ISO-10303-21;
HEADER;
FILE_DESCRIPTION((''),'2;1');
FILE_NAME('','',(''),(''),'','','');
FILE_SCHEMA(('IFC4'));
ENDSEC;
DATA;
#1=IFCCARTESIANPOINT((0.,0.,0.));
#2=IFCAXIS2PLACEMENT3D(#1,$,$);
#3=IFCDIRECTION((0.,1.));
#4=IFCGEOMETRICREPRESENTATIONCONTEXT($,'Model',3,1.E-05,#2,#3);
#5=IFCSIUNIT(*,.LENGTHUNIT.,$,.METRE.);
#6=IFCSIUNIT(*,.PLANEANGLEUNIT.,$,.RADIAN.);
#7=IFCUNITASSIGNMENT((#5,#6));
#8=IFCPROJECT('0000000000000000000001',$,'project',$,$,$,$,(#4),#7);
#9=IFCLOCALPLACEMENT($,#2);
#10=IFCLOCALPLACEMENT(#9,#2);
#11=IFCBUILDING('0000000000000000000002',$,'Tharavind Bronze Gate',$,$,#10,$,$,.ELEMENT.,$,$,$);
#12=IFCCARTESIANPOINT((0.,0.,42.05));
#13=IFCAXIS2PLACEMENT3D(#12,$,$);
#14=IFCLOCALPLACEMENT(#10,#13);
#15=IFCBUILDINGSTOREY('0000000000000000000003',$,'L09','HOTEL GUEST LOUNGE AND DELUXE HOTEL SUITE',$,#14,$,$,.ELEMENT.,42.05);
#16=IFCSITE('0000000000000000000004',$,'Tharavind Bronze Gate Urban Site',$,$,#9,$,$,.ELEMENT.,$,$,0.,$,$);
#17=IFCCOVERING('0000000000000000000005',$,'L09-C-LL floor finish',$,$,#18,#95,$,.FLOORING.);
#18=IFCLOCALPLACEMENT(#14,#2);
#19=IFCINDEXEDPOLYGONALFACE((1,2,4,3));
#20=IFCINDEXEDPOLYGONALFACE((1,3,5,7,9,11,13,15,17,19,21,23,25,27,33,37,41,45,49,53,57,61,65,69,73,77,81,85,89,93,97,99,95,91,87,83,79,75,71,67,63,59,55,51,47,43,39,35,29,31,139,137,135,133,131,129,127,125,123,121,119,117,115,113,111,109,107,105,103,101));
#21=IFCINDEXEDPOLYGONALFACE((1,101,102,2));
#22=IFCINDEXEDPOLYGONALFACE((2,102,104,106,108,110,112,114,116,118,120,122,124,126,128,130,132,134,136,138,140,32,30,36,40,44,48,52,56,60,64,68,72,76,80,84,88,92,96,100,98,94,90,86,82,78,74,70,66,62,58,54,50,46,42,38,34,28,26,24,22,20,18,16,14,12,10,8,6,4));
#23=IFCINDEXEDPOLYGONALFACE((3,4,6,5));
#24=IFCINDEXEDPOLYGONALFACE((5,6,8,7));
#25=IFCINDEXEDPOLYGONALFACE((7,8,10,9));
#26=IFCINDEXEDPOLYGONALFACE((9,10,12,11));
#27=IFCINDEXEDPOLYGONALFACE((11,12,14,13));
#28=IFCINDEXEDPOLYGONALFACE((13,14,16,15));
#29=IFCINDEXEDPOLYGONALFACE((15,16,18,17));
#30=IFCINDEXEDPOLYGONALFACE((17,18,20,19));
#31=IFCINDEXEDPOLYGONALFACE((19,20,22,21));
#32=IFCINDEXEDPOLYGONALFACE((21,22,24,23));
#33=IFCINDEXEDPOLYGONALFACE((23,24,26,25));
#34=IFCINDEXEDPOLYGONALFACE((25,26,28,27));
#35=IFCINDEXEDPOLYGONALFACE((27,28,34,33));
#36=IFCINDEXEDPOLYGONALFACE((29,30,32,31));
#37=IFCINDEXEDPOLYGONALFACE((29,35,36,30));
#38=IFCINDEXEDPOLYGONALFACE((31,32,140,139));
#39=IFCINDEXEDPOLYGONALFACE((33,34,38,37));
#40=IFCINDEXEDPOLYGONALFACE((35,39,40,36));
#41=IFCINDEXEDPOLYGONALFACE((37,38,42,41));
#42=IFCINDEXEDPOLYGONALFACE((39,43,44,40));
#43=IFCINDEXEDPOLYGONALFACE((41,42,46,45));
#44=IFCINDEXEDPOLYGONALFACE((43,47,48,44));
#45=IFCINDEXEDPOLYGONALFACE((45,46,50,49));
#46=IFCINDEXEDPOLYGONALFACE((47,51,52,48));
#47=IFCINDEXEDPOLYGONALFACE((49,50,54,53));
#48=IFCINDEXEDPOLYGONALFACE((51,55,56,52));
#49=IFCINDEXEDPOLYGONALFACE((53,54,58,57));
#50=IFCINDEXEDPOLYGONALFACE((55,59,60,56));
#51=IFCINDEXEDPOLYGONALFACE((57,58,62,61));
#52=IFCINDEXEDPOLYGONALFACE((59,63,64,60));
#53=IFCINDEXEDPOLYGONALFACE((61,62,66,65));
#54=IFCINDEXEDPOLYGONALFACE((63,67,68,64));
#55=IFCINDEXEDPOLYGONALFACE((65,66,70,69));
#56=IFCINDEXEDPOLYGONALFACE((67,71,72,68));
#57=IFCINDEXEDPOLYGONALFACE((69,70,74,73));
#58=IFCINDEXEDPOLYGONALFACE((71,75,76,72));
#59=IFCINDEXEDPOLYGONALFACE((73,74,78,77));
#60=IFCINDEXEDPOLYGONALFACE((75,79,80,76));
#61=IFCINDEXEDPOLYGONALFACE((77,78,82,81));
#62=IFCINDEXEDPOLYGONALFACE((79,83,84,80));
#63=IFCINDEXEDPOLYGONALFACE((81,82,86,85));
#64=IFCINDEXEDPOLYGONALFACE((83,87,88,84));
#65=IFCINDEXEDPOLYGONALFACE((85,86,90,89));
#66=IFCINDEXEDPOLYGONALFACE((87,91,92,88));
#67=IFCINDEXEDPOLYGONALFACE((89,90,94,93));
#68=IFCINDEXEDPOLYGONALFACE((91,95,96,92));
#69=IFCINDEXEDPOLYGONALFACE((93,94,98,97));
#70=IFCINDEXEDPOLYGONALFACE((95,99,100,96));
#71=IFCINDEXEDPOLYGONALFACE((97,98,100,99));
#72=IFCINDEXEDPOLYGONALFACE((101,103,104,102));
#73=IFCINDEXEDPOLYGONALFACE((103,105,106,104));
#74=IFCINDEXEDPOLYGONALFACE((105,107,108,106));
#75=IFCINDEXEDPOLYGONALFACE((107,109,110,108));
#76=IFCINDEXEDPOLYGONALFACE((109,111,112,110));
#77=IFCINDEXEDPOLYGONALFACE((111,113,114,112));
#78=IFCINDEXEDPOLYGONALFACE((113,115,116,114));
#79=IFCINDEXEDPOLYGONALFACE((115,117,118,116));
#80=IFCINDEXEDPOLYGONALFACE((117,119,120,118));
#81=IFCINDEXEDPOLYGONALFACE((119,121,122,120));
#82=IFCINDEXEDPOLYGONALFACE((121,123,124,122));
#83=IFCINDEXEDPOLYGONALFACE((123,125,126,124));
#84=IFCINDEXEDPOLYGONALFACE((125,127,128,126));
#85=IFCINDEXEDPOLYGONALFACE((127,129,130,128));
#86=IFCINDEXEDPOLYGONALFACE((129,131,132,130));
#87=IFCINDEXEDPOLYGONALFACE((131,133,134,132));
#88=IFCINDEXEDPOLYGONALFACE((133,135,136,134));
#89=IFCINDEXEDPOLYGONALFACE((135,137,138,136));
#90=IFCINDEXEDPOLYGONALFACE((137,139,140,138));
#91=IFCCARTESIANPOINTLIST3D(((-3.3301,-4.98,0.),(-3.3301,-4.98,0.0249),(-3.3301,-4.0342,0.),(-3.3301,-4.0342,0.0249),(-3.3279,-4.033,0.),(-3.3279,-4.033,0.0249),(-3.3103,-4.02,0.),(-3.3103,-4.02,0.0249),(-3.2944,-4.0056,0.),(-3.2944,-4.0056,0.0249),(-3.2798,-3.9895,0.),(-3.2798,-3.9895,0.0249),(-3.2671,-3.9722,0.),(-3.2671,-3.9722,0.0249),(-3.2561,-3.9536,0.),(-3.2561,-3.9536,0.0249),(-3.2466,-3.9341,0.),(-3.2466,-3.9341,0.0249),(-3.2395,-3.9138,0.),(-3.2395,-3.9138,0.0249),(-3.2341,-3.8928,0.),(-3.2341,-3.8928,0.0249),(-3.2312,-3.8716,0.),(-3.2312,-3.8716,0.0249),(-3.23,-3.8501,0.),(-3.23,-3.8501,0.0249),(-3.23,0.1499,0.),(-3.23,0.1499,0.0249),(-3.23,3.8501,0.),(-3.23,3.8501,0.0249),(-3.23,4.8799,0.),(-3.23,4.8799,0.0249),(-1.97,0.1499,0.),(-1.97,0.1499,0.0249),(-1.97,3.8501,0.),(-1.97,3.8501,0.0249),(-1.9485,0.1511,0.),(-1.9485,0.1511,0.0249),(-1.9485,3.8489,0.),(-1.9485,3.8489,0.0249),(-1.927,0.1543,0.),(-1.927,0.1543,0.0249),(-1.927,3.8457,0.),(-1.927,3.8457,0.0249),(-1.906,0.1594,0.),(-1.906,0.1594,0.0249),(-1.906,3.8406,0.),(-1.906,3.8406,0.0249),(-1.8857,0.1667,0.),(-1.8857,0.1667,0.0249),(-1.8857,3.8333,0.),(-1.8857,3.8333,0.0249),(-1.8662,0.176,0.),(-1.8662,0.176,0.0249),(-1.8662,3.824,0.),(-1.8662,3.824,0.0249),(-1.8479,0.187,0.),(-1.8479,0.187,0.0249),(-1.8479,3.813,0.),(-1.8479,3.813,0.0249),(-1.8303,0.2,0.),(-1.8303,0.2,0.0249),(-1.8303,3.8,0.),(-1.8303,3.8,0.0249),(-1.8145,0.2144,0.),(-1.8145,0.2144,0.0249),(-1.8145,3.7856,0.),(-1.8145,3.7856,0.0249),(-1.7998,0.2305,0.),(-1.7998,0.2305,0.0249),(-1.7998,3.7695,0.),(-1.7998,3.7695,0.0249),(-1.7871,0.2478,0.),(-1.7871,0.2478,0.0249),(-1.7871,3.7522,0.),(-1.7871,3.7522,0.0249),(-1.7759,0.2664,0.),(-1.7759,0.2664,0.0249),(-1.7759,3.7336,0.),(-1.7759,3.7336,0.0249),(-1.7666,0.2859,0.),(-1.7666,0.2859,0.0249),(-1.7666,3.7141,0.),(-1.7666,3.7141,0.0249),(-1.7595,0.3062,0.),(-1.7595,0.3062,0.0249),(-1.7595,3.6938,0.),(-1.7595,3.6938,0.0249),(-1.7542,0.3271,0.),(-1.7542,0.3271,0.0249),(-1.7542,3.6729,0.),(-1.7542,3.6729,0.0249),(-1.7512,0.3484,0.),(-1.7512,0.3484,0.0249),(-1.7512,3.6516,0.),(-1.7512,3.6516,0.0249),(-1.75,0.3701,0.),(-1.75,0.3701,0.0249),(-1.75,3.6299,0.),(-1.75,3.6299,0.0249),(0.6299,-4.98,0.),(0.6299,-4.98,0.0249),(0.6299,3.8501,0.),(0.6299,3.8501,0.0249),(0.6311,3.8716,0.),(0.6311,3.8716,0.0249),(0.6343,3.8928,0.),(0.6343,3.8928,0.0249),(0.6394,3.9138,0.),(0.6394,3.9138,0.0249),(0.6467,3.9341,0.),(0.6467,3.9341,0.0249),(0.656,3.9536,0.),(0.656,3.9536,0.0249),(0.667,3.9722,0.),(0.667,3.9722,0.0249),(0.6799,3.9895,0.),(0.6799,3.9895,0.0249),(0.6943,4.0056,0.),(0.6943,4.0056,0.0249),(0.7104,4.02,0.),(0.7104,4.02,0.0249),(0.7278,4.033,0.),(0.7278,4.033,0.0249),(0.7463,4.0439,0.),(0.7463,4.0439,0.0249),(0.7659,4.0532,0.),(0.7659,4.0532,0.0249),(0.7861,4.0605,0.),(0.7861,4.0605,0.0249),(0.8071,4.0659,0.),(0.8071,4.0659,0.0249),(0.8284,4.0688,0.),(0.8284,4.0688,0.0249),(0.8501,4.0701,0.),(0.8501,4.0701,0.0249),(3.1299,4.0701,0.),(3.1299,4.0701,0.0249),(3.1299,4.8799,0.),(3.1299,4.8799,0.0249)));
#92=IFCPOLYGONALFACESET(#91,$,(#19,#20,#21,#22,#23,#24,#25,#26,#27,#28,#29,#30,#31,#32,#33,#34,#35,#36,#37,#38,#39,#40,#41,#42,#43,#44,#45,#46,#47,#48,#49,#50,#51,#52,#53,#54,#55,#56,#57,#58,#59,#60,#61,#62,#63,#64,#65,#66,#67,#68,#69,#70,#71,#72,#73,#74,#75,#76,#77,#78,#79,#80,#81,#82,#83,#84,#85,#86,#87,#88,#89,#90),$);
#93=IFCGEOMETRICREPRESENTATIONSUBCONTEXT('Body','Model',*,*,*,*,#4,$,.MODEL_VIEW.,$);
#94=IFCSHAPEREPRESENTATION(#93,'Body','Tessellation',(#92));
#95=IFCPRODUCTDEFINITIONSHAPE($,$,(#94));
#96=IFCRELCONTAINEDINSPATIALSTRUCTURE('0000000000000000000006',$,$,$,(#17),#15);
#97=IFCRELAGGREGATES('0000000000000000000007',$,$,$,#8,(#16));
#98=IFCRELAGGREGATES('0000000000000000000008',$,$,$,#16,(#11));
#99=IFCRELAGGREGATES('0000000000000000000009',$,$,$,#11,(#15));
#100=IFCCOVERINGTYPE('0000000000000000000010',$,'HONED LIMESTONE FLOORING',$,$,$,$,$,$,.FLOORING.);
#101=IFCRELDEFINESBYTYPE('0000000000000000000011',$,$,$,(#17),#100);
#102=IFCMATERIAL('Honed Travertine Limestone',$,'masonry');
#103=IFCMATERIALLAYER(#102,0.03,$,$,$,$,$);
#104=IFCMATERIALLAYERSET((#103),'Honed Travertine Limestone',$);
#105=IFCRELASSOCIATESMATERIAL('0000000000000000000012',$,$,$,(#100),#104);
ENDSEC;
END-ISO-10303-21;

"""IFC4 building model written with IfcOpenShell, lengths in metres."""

from ifc_helpers import new_model, si_unit, direction, frame, origin, place, context, subcontext, project, spatial, polyline, outline, extrude, material, layer, layer_set, type_object, element, save


model = new_model("IFC4")

# Units and contexts
model_context = context("Model", 3, precision=1e-05, world=origin(), true_north=direction((0.0, 1.0)))
body_context = subcontext(model_context, "Body", "Model", "MODEL_VIEW")
ifc_project = project(units=[si_unit("LENGTHUNIT", "METRE"), si_unit("PLANEANGLEUNIT", "RADIAN")], contexts=[model_context])

# Site, building, storey
site_placement = place(None, origin())
site = spatial("IfcSite", under=ifc_project, at=site_placement, Name="Tharavind Bronze Gate Urban Site", CompositionType="ELEMENT", RefElevation=0.0)
building_placement = place(site_placement, origin())
building = spatial("IfcBuilding", under=site, at=building_placement, Name="Tharavind Bronze Gate", CompositionType="ELEMENT")
storey_placement = place(building_placement, frame((0.0, 0.0, 42.05)))
storey = spatial("IfcBuildingStorey", under=building, at=storey_placement, Name="L09", Description="HOTEL GUEST LOUNGE AND DELUXE HOTEL SUITE", CompositionType="ELEMENT", Elevation=42.05)

# Covering
ifc_material_1 = material(Name="Honed Travertine Limestone", Category="masonry")
ifc_layer_1 = layer(ifc_material_1, 0.03)
ifc_layer_set_1 = layer_set([ifc_layer_1], Name="Honed Travertine Limestone")
covering_type_1 = type_object("IfcCoveringType", Name="HONED LIMESTONE FLOORING", PredefinedType="FLOORING", material=ifc_layer_set_1)
covering_1_placement = place(storey_placement, origin())
element("IfcCovering", 1, at=covering_1_placement, inside=storey, type_object=covering_type_1, Name="L09-C-LL floor finish", PredefinedType="FLOORING", context=body_context, shape_type="SweptSolid", body=[
    extrude(outline(polyline([(-3.3301, -4.98), (0.6299, -4.98), (0.6299, 3.8501), (0.6311, 3.8716), (0.6343, 3.8928), (0.6394, 3.9138), (0.6467, 3.9341), (0.656, 3.9536), (0.667, 3.9722), (0.6799, 3.9895), (0.6943, 4.0056), (0.7104, 4.02), (0.7278, 4.033), (0.7463, 4.0439), (0.7659, 4.0532), (0.7861, 4.0605), (0.8071, 4.0659), (0.8284, 4.0688), (0.8501, 4.0701), (3.1299, 4.0701), (3.1299, 4.8799), (-3.23, 4.8799), (-3.23, 3.8501), (-1.97, 3.8501), (-1.9485, 3.8489), (-1.927, 3.8457), (-1.906, 3.8406), (-1.8857, 3.8333), (-1.8662, 3.824), (-1.8479, 3.813), (-1.8303, 3.8), (-1.8145, 3.7856), (-1.7998, 3.7695), (-1.7871, 3.7522), (-1.7759, 3.7336), (-1.7666, 3.7141), (-1.7595, 3.6938), (-1.7542, 3.6729), (-1.7512, 3.6516), (-1.75, 3.6299), (-1.75, 0.3701), (-1.7512, 0.3484), (-1.7542, 0.3271), (-1.7595, 0.3062), (-1.7666, 0.2859), (-1.7759, 0.2664), (-1.7871, 0.2478), (-1.7998, 0.2305), (-1.8145, 0.2144), (-1.8303, 0.2), (-1.8479, 0.187), (-1.8662, 0.176), (-1.8857, 0.1667), (-1.906, 0.1594), (-1.927, 0.1543), (-1.9485, 0.1511), (-1.97, 0.1499), (-3.23, 0.1499), (-3.23, -3.8501), (-3.2312, -3.8716), (-3.2341, -3.8928), (-3.2395, -3.9138), (-3.2466, -3.9341), (-3.2561, -3.9536), (-3.2671, -3.9722), (-3.2798, -3.9895), (-3.2944, -4.0056), (-3.3103, -4.02), (-3.3279, -4.033), (-3.3301, -4.0342), (-3.3301, -4.98)])), origin(), (0.0, 0.0, 1.0), 0.0249),
])

save(model, "model.ifc")
